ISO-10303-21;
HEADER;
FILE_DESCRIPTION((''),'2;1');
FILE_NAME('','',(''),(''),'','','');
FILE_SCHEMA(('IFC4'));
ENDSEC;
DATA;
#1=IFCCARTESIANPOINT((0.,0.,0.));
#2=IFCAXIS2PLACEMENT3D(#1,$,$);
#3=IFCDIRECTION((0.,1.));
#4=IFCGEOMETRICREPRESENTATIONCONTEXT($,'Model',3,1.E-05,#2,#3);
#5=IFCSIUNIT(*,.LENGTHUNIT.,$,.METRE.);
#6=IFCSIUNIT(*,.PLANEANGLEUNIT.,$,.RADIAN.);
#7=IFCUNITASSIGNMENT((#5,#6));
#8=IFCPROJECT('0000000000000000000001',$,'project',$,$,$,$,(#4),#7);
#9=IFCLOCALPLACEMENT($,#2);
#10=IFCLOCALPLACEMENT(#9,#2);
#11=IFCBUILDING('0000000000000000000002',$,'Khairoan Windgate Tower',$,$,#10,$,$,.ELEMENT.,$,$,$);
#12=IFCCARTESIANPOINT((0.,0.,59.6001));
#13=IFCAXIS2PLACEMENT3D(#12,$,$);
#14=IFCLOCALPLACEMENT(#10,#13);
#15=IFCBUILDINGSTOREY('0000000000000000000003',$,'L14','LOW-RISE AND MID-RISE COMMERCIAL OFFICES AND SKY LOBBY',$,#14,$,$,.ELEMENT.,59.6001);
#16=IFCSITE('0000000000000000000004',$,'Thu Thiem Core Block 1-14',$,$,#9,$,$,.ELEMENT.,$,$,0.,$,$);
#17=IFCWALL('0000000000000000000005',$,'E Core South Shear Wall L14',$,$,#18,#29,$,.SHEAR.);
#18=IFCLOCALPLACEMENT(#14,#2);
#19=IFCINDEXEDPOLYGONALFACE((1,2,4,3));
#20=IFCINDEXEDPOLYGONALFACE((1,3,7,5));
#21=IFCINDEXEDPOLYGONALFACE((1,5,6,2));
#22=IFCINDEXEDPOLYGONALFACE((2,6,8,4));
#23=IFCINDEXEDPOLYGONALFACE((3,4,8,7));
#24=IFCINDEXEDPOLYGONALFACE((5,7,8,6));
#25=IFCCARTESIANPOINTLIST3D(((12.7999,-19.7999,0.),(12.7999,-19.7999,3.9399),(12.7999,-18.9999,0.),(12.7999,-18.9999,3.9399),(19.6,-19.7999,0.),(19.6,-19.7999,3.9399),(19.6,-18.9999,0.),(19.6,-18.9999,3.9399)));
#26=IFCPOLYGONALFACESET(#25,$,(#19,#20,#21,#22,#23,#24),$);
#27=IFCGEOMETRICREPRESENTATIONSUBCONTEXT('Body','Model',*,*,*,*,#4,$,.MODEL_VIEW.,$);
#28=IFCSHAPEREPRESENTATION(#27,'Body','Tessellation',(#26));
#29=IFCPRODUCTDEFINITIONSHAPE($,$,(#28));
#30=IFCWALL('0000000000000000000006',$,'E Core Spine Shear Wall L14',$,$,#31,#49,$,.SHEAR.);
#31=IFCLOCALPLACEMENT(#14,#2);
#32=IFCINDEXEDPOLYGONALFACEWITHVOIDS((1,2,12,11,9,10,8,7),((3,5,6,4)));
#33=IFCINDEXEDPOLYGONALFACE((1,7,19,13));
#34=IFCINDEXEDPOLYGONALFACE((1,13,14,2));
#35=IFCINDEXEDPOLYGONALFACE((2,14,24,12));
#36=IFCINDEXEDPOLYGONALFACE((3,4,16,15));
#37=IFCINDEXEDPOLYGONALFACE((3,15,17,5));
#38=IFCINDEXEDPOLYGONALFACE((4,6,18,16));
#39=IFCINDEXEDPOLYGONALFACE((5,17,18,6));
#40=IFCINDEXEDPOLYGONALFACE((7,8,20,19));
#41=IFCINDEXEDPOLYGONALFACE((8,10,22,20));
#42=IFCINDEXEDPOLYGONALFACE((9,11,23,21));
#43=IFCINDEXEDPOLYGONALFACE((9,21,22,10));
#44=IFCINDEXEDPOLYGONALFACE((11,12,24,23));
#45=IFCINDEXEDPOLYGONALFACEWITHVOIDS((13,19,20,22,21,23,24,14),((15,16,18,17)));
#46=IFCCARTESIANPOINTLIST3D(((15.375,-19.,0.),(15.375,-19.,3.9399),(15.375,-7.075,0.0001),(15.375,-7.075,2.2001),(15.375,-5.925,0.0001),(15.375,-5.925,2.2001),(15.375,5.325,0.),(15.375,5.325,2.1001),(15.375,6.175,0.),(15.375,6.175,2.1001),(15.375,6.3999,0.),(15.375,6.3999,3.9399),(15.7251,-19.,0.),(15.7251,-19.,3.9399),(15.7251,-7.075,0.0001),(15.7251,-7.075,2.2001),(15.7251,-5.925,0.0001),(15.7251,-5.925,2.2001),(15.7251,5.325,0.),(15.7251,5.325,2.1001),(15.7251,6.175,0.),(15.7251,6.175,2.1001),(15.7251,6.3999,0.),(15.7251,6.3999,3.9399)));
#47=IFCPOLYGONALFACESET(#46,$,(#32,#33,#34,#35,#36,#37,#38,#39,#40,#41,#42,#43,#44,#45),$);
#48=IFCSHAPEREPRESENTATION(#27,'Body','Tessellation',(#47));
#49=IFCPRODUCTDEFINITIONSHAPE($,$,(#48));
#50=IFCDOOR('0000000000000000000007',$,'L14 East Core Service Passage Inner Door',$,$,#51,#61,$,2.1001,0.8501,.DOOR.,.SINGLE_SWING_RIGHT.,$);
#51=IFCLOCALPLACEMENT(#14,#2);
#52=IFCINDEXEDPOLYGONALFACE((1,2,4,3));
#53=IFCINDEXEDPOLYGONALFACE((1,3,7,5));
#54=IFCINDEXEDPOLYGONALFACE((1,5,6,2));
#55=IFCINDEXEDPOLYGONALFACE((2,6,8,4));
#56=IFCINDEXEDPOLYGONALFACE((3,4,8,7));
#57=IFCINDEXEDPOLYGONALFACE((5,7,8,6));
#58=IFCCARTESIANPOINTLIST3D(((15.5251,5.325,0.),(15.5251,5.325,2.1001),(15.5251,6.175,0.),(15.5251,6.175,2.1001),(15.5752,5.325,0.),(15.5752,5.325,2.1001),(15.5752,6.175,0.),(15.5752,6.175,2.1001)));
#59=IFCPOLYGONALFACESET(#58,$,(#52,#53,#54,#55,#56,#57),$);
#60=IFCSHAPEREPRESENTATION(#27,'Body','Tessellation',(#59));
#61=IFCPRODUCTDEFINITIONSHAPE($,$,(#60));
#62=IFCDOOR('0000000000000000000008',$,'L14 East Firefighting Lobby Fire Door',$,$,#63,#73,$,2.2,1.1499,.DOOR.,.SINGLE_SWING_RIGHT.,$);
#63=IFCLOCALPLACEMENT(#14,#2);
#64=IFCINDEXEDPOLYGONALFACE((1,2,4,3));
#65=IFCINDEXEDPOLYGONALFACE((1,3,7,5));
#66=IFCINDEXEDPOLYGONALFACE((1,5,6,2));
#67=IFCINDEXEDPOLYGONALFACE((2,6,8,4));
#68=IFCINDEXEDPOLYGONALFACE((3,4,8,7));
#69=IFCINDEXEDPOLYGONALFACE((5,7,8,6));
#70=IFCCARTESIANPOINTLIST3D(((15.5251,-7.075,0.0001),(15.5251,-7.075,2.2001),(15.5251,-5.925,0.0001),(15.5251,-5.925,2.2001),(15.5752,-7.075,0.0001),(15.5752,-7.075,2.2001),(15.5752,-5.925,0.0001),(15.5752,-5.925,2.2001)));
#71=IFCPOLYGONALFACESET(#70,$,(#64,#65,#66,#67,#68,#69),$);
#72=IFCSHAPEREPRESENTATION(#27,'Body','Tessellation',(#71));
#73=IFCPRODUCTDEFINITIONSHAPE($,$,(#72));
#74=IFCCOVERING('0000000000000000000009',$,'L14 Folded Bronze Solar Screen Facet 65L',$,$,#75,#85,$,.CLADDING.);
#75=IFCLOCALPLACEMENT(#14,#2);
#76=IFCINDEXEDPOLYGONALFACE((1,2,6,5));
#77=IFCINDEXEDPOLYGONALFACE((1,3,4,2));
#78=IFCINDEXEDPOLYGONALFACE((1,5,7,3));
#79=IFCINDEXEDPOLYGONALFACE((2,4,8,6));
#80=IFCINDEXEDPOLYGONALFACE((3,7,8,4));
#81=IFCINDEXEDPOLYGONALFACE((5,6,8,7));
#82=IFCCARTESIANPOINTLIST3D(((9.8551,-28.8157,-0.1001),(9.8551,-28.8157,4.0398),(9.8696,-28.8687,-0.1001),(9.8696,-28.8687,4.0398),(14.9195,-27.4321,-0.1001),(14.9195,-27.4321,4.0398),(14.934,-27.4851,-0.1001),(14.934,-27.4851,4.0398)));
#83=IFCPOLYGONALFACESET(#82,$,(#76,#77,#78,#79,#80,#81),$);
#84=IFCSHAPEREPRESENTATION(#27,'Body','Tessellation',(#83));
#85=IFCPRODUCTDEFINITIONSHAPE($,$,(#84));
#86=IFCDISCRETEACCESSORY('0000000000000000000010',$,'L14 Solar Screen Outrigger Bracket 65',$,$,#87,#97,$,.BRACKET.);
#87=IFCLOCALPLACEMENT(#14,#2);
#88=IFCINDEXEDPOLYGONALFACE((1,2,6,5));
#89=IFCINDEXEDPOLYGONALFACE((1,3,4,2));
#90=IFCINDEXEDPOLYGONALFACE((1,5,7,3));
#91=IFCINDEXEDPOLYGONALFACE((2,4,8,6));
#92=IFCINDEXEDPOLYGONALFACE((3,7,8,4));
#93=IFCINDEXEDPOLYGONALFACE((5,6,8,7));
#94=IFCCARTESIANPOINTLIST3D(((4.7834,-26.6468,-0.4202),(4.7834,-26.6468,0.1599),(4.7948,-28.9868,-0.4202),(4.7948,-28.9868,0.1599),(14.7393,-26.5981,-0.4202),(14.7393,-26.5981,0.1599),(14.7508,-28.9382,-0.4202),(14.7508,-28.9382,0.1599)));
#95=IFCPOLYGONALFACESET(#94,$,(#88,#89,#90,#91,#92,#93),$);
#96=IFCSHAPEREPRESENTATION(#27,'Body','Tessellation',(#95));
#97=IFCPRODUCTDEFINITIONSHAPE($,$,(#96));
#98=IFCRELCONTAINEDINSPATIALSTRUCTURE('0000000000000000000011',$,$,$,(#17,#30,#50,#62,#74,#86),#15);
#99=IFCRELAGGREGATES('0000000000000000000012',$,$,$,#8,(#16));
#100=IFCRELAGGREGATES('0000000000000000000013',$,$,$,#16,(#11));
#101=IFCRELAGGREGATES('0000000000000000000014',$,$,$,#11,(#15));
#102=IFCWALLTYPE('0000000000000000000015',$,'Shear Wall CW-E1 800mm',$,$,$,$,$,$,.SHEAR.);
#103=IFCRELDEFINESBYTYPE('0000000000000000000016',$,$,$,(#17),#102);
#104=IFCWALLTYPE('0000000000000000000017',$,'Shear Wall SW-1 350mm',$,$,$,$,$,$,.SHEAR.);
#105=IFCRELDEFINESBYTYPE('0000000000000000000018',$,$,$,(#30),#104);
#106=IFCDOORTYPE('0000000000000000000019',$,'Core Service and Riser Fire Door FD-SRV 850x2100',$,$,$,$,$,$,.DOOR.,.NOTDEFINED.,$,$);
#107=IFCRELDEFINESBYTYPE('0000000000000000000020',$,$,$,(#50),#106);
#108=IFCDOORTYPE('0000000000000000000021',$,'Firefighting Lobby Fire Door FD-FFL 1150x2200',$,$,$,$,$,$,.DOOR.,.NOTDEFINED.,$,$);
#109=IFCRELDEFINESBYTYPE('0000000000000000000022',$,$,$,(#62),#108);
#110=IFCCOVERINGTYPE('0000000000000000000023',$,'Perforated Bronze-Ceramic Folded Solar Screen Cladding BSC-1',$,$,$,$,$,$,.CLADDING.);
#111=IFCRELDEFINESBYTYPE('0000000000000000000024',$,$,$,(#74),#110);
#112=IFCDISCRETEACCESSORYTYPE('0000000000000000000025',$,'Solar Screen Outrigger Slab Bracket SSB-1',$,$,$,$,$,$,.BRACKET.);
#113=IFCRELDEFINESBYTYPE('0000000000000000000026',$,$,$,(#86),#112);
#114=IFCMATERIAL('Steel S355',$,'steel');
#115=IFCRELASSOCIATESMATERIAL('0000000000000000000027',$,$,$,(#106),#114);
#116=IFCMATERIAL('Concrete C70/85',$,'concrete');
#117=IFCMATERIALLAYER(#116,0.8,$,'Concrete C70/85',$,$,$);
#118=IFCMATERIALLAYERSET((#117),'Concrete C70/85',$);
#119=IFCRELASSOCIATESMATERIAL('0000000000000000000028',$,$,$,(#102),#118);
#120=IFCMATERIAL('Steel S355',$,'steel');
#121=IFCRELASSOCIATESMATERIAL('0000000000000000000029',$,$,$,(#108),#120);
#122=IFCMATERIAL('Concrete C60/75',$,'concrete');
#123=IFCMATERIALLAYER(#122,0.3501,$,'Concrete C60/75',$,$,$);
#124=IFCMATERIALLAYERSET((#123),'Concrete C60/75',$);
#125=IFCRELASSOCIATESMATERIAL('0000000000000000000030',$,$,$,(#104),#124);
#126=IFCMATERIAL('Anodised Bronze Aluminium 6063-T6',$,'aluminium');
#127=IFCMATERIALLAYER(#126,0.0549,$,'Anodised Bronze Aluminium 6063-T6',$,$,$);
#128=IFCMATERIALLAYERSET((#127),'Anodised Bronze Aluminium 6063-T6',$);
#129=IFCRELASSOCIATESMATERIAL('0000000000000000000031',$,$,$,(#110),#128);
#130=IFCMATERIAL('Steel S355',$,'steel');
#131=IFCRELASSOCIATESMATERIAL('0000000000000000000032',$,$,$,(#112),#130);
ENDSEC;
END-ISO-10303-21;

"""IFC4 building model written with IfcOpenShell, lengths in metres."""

from ifc_helpers import new_model, si_unit, direction, frame, frame_2d, origin, origin_2d, place, context, subcontext, project, spatial, rectangle, extrude, material, layer, layer_set, type_object, element, fill, save


model = new_model("IFC4")

# Units and contexts
model_context = context("Model", 3, precision=1e-05, world=origin(), true_north=direction((0.0, 1.0)))
body_context = subcontext(model_context, "Body", "Model", "MODEL_VIEW")
ifc_project = project(units=[si_unit("LENGTHUNIT", "METRE"), si_unit("PLANEANGLEUNIT", "RADIAN")], contexts=[model_context])

# Site, building, storey
site_placement = place(None, origin())
site = spatial("IfcSite", under=ifc_project, at=site_placement, Name="Thu Thiem Core Block 1-14", CompositionType="ELEMENT", RefElevation=0.0)
building_placement = place(site_placement, origin())
building = spatial("IfcBuilding", under=site, at=building_placement, Name="Khairoan Windgate Tower", CompositionType="ELEMENT")
storey_placement = place(building_placement, frame((0.0, 0.0, 59.6001)))
storey = spatial("IfcBuildingStorey", under=building, at=storey_placement, Name="L14", Description="LOW-RISE AND MID-RISE COMMERCIAL OFFICES AND SKY LOBBY", CompositionType="ELEMENT", Elevation=59.6001)

# Shared definitions
ifc_material_1 = material(Name="Steel S355", Category="steel")
door_type_1 = type_object("IfcDoorType", Name="Core Service and Riser Fire Door FD-SRV 850x2100", OperationType="NOTDEFINED", PredefinedType="DOOR", material=ifc_material_1)

# Shared definitions
ifc_material_2 = material(Name="Concrete C70/85", Category="concrete")
ifc_layer_1 = layer(ifc_material_2, 0.8, Name="Concrete C70/85")
ifc_layer_set_1 = layer_set([ifc_layer_1], Name="Concrete C70/85")
wall_type_1 = type_object("IfcWallType", Name="Shear Wall CW-E1 800mm", PredefinedType="SHEAR", material=ifc_layer_set_1)
ifc_material_3 = material(Name="Steel S355", Category="steel")
door_type_2 = type_object("IfcDoorType", Name="Firefighting Lobby Fire Door FD-FFL 1150x2200", OperationType="NOTDEFINED", PredefinedType="DOOR", material=ifc_material_3)

# Wall
wall_1_placement = place(storey_placement, frame((12.8, -19.3999, 0.0), z_axis=(0.0, 0.0, 1.0), x_axis=(1.0, 0.0, 0.0)))
element("IfcWall", 1, at=wall_1_placement, inside=storey, type_object=wall_type_1, Name="E Core South Shear Wall L14", PredefinedType="SHEAR", context=body_context, shape_type="SweptSolid", body=[
    extrude(rectangle(XDim=6.8, YDim=0.8, at=frame_2d((3.3999, 0.0))), origin(), (0.0, 0.0, 1.0), 3.9399),
])

# Wall, openings, doors
ifc_material_4 = material(Name="Concrete C60/75", Category="concrete")
ifc_layer_2 = layer(ifc_material_4, 0.3501, Name="Concrete C60/75")
ifc_layer_set_2 = layer_set([ifc_layer_2], Name="Concrete C60/75")
wall_type_2 = type_object("IfcWallType", Name="Shear Wall SW-1 350mm", PredefinedType="SHEAR", material=ifc_layer_set_2)
wall_2_placement = place(storey_placement, frame((15.55, -19.0, 0.0), z_axis=(0.0, 0.0, 1.0), x_axis=(0.0, 1.0, 0.0)))
wall_2 = element("IfcWall", 2, at=wall_2_placement, inside=storey, type_object=wall_type_2, Name="E Core Spine Shear Wall L14", PredefinedType="SHEAR", context=body_context, shape_type="SweptSolid", body=[
    extrude(rectangle(XDim=25.3999, YDim=0.3501, at=frame_2d((12.7, 0.0))), origin(), (0.0, 0.0, 1.0), 3.9399),
])
opening_1_placement = place(wall_2_placement, frame((11.925, 0.0, 0.0)))
opening_1 = element("IfcOpeningElement", 3, at=opening_1_placement, cuts=wall_2, PredefinedType="OPENING", context=body_context, shape_type="SweptSolid", body=[
    extrude(rectangle(XDim=1.1499, YDim=2.2, at=frame_2d((0.575, 1.1001))), frame((0.0, 0.1851, 0.0), z_axis=(0.0, -1.0, 0.0), x_axis=(1.0, 0.0, 0.0)), (0.0, 0.0, 1.0), 0.3701),
])
opening_2_placement = place(wall_2_placement, frame((24.325, 0.0, 0.0)))
opening_2 = element("IfcOpeningElement", 4, at=opening_2_placement, cuts=wall_2, PredefinedType="OPENING", context=body_context, shape_type="SweptSolid", body=[
    extrude(rectangle(XDim=0.8501, YDim=2.1001, at=frame_2d((0.425, 1.05))), frame((0.0, 0.1851, 0.0), z_axis=(0.0, -1.0, 0.0), x_axis=(1.0, 0.0, 0.0)), (0.0, 0.0, 1.0), 0.3701),
])
door_1_placement = place(opening_2_placement, origin())
door_1 = element("IfcDoor", 5, at=door_1_placement, inside=storey, type_object=door_type_1, Name="L14 East Core Service Passage Inner Door", OperationType="SINGLE_SWING_RIGHT", OverallHeight=2.1001, OverallWidth=0.8501, PredefinedType="DOOR", context=body_context, shape_type="SweptSolid", body=[
    extrude(rectangle(XDim=0.8501, YDim=2.1001, at=frame_2d((0.425, 1.05))), frame((0.0, 0.0249, 0.0), z_axis=(0.0, -1.0, 0.0), x_axis=(1.0, 0.0, 0.0)), (0.0, 0.0, 1.0), 0.05),
])
fill(opening_2, door_1)
door_2_placement = place(opening_1_placement, origin())
door_2 = element("IfcDoor", 6, at=door_2_placement, inside=storey, type_object=door_type_2, Name="L14 East Firefighting Lobby Fire Door", OperationType="SINGLE_SWING_RIGHT", OverallHeight=2.2, OverallWidth=1.1499, PredefinedType="DOOR", context=body_context, shape_type="SweptSolid", body=[
    extrude(rectangle(XDim=1.1499, YDim=2.2, at=frame_2d((0.575, 1.1001))), frame((0.0, 0.0249, 0.0), z_axis=(0.0, -1.0, 0.0), x_axis=(1.0, 0.0, 0.0)), (0.0, 0.0, 1.0), 0.05),
])
fill(opening_1, door_2)

# Covering
ifc_material_5 = material(Name="Anodised Bronze Aluminium 6063-T6", Category="aluminium")
ifc_layer_3 = layer(ifc_material_5, 0.0549, Name="Anodised Bronze Aluminium 6063-T6")
ifc_layer_set_3 = layer_set([ifc_layer_3], Name="Anodised Bronze Aluminium 6063-T6")
covering_type = type_object("IfcCoveringType", Name="Perforated Bronze-Ceramic Folded Solar Screen Cladding BSC-1", PredefinedType="CLADDING", material=ifc_layer_set_3)
covering_placement = place(storey_placement, frame((12.3945, -28.1504, -0.1001), z_axis=(0.0, 0.0, 1.0), x_axis=(-0.964649, -0.263536, 0.0)))
element("IfcCovering", 7, at=covering_placement, inside=storey, type_object=covering_type, Name="L14 Folded Bronze Solar Screen Facet 65L", PredefinedType="CLADDING", context=body_context, shape_type="SweptSolid", body=[
    extrude(rectangle(XDim=5.25, YDim=0.0549, at=origin_2d()), origin(), (0.0, 0.0, 1.0), 4.1399),
])

# Discrete accessory
ifc_material_6 = material(Name="Steel S355", Category="steel")
discrete_accessory_type = type_object("IfcDiscreteAccessoryType", Name="Solar Screen Outrigger Slab Bracket SSB-1", PredefinedType="BRACKET", material=ifc_material_6)
discrete_accessory_placement = place(storey_placement, frame((9.7671, -27.7925, -0.4202), z_axis=(0.0, 0.0, 1.0), x_axis=(-0.999988, -0.004887, 0.0)))
element("IfcDiscreteAccessory", 8, at=discrete_accessory_placement, inside=storey, type_object=discrete_accessory_type, Name="L14 Solar Screen Outrigger Bracket 65", PredefinedType="BRACKET", context=body_context, shape_type="SweptSolid", body=[
    extrude(rectangle(XDim=9.9561, YDim=2.3401, at=origin_2d()), origin(), (0.0, 0.0, 1.0), 0.5801),
])

save(model, "model.ifc")
